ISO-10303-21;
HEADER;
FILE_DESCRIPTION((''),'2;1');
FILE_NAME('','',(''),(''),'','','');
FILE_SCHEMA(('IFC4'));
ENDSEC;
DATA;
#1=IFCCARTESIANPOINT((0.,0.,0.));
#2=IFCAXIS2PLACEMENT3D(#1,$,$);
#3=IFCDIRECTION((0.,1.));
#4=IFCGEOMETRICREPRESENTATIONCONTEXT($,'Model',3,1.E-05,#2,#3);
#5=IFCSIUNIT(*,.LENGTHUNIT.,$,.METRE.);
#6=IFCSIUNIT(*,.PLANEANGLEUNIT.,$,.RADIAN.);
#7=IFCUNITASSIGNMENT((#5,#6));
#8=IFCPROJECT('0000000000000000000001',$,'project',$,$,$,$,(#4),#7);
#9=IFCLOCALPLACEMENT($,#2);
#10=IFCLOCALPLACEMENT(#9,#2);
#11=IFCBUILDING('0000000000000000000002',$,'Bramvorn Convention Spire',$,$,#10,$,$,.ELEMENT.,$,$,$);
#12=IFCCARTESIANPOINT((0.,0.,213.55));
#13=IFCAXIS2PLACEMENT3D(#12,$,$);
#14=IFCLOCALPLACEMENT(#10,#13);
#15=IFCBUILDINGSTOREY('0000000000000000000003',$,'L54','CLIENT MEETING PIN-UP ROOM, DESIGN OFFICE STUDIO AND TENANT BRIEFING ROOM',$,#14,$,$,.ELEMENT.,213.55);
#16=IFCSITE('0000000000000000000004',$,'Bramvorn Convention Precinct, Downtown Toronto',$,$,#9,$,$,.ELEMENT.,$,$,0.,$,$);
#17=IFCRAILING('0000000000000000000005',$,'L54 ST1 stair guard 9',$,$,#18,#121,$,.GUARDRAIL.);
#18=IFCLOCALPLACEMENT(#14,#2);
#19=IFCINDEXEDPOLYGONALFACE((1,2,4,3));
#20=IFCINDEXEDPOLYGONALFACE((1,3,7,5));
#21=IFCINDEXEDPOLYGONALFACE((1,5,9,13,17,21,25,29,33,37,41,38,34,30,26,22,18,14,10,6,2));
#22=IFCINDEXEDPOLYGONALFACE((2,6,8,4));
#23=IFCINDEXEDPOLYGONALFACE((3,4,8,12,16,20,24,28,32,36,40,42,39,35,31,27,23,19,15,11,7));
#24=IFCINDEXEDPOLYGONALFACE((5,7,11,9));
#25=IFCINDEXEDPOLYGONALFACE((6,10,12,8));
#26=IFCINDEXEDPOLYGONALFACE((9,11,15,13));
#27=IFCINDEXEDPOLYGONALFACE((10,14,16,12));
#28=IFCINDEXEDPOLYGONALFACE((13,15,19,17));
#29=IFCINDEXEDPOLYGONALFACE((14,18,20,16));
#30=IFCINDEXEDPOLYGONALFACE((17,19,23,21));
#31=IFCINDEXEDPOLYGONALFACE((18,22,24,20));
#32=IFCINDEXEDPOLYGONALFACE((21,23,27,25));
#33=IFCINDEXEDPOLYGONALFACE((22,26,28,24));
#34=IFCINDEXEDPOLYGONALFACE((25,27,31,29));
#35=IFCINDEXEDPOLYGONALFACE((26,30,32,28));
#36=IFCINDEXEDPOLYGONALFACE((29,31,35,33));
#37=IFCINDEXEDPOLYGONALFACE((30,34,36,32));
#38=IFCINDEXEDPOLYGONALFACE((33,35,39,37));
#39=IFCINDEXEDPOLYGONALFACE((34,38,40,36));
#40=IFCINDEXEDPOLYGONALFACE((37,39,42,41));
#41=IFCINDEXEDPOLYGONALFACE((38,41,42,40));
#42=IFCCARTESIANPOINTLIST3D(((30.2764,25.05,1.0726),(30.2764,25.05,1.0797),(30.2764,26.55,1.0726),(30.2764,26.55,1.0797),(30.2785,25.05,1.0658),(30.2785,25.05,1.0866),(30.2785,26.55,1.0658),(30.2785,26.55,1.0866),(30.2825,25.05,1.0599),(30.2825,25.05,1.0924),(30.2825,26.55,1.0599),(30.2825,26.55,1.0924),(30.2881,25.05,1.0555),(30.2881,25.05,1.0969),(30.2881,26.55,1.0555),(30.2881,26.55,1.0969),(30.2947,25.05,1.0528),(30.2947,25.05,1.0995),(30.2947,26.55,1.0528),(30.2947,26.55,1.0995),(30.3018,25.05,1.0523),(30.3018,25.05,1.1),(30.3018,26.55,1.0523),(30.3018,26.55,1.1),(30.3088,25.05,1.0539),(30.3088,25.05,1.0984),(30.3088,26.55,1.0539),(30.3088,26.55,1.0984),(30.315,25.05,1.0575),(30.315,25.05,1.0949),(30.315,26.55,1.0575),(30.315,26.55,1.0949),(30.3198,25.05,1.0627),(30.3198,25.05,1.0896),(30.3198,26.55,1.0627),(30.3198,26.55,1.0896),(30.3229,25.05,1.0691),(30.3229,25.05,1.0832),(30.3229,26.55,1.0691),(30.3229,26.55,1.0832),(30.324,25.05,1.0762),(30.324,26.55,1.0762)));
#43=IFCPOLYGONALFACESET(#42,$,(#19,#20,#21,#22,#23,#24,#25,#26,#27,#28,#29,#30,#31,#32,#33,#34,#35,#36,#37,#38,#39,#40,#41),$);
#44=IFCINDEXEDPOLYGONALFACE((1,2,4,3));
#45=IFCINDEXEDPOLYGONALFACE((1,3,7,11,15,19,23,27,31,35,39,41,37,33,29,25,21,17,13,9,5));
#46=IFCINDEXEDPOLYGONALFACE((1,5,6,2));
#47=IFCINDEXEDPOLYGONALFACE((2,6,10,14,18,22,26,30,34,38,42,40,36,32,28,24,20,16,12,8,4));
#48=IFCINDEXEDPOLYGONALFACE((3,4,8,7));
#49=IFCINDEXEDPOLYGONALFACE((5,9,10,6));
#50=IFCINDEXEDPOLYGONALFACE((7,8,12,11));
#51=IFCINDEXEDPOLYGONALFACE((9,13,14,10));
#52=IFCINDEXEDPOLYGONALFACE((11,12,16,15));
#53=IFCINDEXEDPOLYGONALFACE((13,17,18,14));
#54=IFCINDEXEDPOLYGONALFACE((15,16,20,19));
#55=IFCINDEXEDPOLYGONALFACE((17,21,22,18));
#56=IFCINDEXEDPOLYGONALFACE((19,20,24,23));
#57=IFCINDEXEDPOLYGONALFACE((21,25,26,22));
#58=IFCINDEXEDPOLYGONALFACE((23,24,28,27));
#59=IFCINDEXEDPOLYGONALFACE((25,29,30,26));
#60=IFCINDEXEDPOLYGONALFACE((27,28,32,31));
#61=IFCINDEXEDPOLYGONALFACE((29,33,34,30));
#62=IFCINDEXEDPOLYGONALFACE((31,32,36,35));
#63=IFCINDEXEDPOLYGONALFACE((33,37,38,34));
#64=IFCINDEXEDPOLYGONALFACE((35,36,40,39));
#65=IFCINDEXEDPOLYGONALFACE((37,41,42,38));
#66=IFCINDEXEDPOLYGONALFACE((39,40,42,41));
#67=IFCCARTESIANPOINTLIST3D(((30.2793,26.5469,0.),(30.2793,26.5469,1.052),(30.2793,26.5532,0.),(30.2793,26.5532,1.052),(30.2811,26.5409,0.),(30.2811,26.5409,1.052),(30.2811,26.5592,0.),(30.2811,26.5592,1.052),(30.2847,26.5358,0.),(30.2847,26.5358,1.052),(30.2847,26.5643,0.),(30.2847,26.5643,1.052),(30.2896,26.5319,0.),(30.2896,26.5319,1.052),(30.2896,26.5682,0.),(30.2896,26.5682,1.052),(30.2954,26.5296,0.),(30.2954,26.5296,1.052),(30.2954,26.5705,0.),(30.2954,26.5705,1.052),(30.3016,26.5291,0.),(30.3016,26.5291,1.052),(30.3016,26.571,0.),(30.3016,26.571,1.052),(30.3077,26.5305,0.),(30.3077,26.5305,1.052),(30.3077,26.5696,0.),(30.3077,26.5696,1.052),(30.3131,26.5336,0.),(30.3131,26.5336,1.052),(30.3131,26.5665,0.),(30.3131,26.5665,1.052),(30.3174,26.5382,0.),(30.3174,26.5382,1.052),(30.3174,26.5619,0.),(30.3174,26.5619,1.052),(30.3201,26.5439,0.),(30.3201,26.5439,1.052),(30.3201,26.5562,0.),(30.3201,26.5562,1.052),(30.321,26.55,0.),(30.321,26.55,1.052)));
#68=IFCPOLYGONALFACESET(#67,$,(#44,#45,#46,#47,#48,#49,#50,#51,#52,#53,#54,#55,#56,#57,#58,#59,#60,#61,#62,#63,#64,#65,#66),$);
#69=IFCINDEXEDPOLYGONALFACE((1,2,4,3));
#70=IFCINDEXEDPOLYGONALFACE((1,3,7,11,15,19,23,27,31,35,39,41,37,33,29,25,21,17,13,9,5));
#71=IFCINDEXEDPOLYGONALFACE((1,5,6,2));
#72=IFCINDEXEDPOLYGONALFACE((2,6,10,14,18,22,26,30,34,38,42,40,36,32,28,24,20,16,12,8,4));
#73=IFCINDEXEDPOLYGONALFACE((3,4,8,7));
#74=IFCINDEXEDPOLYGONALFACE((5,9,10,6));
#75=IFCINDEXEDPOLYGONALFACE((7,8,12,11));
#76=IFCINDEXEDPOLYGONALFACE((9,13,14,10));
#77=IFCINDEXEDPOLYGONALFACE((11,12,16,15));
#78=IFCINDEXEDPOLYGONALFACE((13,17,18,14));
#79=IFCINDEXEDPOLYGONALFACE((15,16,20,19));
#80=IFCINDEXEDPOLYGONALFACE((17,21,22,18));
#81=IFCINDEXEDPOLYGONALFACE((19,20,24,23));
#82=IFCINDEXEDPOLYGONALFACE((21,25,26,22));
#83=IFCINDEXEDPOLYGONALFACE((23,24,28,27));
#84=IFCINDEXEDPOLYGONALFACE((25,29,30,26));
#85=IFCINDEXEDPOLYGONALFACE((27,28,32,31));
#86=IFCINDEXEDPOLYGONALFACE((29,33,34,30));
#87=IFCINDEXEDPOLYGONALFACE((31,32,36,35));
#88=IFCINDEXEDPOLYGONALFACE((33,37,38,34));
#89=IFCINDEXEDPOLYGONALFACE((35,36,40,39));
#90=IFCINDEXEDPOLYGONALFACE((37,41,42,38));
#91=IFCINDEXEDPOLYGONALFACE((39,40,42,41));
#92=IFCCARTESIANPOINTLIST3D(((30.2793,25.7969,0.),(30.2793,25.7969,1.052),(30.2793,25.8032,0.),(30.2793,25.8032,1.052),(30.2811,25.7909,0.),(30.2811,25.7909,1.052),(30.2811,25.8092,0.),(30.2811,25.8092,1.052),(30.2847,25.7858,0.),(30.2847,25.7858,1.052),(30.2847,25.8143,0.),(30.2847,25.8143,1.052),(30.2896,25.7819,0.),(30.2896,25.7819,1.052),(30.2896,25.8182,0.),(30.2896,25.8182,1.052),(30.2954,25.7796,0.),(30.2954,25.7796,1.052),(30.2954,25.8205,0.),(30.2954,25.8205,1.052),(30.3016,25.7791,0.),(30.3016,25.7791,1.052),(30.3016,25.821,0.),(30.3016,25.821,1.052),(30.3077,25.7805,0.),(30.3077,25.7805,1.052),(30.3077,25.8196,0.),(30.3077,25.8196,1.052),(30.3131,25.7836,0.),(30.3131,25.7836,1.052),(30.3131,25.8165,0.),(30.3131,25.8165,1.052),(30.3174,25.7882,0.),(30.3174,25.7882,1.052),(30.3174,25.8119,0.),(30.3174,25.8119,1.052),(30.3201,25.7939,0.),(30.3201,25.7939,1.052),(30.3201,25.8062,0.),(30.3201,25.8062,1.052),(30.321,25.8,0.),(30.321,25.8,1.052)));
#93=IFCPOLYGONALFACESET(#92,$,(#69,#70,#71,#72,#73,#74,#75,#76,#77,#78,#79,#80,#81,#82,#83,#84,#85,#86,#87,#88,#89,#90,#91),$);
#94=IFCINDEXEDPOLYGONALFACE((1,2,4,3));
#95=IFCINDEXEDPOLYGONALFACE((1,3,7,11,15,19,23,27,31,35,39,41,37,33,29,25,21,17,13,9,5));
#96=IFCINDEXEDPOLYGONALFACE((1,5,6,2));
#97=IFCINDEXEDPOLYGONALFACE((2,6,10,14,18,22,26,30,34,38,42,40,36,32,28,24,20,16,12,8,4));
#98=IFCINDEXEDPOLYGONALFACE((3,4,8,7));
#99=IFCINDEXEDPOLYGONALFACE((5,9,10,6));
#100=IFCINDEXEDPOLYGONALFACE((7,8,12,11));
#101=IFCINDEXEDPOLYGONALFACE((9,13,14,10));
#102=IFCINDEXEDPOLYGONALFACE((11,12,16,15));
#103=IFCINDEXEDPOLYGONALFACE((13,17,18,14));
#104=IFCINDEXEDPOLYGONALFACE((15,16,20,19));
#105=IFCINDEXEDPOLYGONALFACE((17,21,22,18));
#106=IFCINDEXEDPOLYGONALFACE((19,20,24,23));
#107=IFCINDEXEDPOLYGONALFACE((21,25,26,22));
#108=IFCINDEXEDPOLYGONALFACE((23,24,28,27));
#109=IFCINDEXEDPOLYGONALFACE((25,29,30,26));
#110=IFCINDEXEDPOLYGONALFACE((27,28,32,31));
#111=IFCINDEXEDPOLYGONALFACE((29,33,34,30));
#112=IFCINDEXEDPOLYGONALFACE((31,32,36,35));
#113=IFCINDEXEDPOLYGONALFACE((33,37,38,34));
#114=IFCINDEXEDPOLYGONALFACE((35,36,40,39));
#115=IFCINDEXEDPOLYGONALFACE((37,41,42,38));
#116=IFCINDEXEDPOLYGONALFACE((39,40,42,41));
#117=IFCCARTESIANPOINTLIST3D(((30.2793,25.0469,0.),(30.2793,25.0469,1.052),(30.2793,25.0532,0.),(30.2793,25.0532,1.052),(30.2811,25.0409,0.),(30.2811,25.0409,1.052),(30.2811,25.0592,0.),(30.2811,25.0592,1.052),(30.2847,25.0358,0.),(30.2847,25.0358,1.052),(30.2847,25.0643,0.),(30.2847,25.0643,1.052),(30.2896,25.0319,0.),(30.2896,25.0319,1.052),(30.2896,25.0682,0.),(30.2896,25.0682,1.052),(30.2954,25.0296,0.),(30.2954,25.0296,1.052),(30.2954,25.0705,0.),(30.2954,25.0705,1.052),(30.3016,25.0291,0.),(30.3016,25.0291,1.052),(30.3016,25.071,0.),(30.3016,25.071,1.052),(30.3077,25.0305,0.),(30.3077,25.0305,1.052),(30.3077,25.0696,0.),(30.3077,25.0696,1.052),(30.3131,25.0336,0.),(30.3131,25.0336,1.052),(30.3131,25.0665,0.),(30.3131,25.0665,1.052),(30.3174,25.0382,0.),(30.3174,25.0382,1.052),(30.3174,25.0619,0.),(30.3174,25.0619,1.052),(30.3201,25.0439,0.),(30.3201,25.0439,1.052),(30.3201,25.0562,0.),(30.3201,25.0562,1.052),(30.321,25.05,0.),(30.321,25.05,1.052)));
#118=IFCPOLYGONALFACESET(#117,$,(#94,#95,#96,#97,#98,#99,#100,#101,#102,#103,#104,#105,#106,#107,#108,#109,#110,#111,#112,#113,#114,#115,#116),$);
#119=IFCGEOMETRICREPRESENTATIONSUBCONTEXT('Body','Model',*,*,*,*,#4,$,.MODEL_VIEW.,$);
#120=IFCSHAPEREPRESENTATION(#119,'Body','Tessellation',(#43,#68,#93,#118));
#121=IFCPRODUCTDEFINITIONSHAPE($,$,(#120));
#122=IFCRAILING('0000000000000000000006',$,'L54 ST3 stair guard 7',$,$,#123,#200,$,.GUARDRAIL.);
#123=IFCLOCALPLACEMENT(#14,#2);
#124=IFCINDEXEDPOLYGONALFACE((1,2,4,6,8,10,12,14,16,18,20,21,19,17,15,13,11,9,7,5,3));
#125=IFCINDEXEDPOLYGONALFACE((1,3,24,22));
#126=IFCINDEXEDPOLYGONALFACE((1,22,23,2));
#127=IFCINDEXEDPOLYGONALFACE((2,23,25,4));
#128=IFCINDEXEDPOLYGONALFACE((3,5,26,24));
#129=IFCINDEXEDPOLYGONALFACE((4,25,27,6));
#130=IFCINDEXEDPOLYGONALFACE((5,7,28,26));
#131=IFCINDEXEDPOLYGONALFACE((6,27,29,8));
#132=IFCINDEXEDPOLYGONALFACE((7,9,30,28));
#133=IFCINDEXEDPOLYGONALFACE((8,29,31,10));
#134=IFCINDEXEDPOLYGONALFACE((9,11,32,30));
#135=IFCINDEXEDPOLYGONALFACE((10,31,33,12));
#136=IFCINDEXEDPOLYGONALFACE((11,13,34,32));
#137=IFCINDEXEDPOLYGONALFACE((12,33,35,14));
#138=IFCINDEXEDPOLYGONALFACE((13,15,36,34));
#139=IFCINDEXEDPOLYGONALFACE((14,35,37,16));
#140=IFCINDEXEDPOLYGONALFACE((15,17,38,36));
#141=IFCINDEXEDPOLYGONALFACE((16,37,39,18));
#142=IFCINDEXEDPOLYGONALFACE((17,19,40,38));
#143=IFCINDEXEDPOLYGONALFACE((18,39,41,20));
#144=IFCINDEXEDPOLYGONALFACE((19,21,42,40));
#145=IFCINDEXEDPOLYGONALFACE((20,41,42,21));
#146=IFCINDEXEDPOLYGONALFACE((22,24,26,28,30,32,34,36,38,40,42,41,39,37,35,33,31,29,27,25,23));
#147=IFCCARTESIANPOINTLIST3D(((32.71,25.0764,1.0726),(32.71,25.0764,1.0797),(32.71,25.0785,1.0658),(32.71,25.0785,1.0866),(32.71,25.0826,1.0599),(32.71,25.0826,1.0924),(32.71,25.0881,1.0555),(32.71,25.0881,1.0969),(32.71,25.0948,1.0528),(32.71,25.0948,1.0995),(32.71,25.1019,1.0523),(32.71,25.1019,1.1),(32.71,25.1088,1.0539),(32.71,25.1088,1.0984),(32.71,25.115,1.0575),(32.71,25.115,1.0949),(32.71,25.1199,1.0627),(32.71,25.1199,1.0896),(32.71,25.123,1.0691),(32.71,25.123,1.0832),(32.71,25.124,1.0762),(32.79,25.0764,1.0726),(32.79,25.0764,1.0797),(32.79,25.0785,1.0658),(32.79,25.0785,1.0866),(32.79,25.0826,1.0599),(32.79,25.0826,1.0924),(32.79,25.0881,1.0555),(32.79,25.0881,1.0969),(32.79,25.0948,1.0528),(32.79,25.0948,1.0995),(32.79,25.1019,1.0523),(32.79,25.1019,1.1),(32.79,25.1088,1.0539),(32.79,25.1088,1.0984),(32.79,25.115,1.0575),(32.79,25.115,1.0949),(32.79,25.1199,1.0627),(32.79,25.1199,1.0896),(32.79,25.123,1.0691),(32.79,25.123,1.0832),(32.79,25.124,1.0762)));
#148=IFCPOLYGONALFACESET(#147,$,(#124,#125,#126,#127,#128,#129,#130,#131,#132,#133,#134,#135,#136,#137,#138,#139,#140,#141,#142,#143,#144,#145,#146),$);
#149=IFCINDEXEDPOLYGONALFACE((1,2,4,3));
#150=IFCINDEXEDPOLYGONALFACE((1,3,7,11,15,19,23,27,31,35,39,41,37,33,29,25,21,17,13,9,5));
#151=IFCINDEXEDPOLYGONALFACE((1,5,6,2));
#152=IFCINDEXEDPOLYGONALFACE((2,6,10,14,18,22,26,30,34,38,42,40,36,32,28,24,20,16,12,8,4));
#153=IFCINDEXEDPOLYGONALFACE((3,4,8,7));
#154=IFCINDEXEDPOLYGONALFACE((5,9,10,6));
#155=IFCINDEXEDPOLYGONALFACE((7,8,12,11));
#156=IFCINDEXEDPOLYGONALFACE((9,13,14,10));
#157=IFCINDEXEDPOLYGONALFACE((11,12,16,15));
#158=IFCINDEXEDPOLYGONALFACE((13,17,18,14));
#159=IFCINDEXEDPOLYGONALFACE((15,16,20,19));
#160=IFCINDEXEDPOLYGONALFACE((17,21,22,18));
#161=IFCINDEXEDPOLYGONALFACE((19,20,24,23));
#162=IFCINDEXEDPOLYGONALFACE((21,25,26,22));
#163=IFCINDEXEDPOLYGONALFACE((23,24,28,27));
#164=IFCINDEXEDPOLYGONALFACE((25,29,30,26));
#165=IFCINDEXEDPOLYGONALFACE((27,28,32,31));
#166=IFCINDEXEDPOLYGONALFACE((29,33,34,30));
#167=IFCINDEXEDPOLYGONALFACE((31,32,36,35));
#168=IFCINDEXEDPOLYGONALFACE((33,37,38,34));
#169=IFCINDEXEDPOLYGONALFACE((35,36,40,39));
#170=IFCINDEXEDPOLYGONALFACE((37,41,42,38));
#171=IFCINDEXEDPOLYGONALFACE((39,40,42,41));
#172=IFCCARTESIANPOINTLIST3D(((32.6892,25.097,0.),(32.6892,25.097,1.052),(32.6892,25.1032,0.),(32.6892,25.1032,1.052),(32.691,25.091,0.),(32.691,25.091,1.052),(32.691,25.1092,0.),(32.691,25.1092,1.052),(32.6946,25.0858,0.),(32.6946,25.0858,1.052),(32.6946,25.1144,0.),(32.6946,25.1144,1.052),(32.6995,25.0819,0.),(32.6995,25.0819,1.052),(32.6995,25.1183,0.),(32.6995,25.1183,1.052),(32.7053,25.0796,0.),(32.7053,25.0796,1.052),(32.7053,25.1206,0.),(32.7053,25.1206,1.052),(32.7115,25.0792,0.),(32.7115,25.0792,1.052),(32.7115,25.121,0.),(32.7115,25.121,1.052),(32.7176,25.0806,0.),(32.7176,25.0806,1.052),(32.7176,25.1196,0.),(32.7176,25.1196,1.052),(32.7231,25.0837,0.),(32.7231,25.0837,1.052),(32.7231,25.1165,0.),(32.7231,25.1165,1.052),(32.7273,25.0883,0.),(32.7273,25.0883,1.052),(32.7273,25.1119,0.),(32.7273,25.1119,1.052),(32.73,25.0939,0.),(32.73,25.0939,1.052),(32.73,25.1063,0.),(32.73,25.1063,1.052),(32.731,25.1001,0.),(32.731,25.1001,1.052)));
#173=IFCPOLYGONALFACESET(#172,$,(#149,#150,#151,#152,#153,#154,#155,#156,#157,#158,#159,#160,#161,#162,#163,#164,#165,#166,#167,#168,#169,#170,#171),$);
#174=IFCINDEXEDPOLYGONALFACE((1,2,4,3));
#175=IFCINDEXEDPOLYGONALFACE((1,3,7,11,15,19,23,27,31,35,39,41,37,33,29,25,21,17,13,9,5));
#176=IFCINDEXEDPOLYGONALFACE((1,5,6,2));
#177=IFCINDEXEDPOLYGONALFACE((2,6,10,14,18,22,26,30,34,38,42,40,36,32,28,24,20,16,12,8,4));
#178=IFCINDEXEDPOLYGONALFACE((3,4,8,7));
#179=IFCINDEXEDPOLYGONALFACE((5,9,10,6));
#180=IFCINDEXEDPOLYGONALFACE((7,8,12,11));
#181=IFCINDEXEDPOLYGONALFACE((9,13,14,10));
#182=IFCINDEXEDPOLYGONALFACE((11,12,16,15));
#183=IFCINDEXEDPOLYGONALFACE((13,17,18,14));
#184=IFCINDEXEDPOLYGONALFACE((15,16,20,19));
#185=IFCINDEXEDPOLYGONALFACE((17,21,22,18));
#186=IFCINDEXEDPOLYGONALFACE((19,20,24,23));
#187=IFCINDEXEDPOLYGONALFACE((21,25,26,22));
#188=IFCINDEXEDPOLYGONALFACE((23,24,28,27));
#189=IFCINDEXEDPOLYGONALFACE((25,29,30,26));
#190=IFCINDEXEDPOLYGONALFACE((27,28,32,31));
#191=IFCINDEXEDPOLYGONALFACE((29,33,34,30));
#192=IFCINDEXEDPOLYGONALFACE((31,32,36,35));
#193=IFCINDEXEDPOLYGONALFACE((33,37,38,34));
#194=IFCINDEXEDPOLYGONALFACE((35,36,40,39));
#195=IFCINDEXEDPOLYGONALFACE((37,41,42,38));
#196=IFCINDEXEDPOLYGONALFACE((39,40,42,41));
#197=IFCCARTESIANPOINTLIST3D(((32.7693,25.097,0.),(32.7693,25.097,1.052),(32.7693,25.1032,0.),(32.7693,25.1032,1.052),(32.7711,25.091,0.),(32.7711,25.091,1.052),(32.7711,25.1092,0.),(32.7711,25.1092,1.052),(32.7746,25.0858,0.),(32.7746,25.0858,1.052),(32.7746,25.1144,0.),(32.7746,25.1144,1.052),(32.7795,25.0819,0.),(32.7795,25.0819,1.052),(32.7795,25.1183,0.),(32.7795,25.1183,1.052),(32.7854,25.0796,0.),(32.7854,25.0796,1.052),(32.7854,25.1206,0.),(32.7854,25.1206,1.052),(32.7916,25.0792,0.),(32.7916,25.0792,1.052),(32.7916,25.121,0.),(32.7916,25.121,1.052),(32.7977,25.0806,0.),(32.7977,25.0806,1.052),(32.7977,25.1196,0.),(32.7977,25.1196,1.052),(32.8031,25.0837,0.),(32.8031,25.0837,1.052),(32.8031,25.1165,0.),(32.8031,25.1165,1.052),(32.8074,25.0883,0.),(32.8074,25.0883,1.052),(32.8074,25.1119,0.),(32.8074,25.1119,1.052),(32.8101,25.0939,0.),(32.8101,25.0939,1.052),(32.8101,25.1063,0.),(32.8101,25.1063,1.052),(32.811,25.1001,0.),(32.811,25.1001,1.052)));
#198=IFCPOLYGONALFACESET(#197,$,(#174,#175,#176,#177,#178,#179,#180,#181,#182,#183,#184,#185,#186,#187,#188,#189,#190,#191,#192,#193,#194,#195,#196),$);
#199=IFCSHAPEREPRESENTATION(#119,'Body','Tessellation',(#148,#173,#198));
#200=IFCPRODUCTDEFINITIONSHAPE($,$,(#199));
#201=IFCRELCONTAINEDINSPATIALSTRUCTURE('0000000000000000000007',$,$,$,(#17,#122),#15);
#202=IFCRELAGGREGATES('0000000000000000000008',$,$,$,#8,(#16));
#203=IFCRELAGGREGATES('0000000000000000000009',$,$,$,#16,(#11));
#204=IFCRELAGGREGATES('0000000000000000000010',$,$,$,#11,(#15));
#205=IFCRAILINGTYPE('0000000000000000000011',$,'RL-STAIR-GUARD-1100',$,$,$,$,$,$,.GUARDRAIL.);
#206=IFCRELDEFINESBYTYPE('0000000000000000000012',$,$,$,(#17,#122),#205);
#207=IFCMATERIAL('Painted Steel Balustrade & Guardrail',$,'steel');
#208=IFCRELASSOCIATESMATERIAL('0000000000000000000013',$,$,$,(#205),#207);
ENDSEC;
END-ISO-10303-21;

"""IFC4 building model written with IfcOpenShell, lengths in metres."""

from ifc_helpers import new_model, si_unit, direction, frame, origin, origin_2d, place, context, subcontext, project, spatial, circle, extrude, material, type_object, element, save


model = new_model("IFC4")

# Units and contexts
model_context = context("Model", 3, precision=1e-05, world=origin(), true_north=direction((0.0, 1.0)))
body_context = subcontext(model_context, "Body", "Model", "MODEL_VIEW")
ifc_project = project(units=[si_unit("LENGTHUNIT", "METRE"), si_unit("PLANEANGLEUNIT", "RADIAN")], contexts=[model_context])

# Site, building, storey
site_placement = place(None, origin())
site = spatial("IfcSite", under=ifc_project, at=site_placement, Name="Bramvorn Convention Precinct, Downtown Toronto", CompositionType="ELEMENT", RefElevation=0.0)
building_placement = place(site_placement, origin())
building = spatial("IfcBuilding", under=site, at=building_placement, Name="Bramvorn Convention Spire", CompositionType="ELEMENT")
storey_placement = place(building_placement, frame((0.0, 0.0, 213.55)))
storey = spatial("IfcBuildingStorey", under=building, at=storey_placement, Name="L54", Description="CLIENT MEETING PIN-UP ROOM, DESIGN OFFICE STUDIO AND TENANT BRIEFING ROOM", CompositionType="ELEMENT", Elevation=213.55)

# Railings
ifc_material_1 = material(Name="Painted Steel Balustrade & Guardrail", Category="steel")
railing_type = type_object("IfcRailingType", Name="RL-STAIR-GUARD-1100", PredefinedType="GUARDRAIL", material=ifc_material_1)
for number, where, name in (
    (1, (30.3, 26.55, 0.0), "L54 ST1 stair guard 9"),
):
    element("IfcRailing", number, at=place(storey_placement, frame(where)), inside=storey, type_object=railing_type, Name=name, PredefinedType="GUARDRAIL", context=body_context, shape_type="SweptSolid", body=[
        extrude(circle(Radius=0.0239, at=origin_2d()), frame((0.0, 0.0, 1.0762), z_axis=(0.0, -1.0, 0.0), x_axis=(1.0, 0.0, 0.0)), (0.0, 0.0, 1.0), 1.5),
        extrude(circle(Radius=0.021, at=origin_2d()), origin(), (0.0, 0.0, 1.0), 1.052),
        extrude(circle(Radius=0.021, at=origin_2d()), frame((0.0, -0.75, 0.0)), (0.0, 0.0, 1.0), 1.052),
        extrude(circle(Radius=0.021, at=origin_2d()), frame((0.0, -1.5, 0.0)), (0.0, 0.0, 1.0), 1.052),
    ])
railing_1_placement = place(storey_placement, frame((32.71, 25.1001, 0.0)))
element("IfcRailing", 2, at=railing_1_placement, inside=storey, type_object=railing_type, Name="L54 ST3 stair guard 7", PredefinedType="GUARDRAIL", context=body_context, shape_type="SweptSolid", body=[
    extrude(circle(Radius=0.0239, at=origin_2d()), frame((0.0, 0.0, 1.0762), z_axis=(1.0, 0.0, 0.0), x_axis=(0.0, 1.0, 0.0)), (0.0, 0.0, 1.0), 0.0801),
    extrude(circle(Radius=0.021, at=origin_2d()), origin(), (0.0, 0.0, 1.0), 1.052),
    extrude(circle(Radius=0.021, at=origin_2d()), frame((0.0801, 0.0, 0.0)), (0.0, 0.0, 1.0), 1.052),
])

save(model, "model.ifc")
